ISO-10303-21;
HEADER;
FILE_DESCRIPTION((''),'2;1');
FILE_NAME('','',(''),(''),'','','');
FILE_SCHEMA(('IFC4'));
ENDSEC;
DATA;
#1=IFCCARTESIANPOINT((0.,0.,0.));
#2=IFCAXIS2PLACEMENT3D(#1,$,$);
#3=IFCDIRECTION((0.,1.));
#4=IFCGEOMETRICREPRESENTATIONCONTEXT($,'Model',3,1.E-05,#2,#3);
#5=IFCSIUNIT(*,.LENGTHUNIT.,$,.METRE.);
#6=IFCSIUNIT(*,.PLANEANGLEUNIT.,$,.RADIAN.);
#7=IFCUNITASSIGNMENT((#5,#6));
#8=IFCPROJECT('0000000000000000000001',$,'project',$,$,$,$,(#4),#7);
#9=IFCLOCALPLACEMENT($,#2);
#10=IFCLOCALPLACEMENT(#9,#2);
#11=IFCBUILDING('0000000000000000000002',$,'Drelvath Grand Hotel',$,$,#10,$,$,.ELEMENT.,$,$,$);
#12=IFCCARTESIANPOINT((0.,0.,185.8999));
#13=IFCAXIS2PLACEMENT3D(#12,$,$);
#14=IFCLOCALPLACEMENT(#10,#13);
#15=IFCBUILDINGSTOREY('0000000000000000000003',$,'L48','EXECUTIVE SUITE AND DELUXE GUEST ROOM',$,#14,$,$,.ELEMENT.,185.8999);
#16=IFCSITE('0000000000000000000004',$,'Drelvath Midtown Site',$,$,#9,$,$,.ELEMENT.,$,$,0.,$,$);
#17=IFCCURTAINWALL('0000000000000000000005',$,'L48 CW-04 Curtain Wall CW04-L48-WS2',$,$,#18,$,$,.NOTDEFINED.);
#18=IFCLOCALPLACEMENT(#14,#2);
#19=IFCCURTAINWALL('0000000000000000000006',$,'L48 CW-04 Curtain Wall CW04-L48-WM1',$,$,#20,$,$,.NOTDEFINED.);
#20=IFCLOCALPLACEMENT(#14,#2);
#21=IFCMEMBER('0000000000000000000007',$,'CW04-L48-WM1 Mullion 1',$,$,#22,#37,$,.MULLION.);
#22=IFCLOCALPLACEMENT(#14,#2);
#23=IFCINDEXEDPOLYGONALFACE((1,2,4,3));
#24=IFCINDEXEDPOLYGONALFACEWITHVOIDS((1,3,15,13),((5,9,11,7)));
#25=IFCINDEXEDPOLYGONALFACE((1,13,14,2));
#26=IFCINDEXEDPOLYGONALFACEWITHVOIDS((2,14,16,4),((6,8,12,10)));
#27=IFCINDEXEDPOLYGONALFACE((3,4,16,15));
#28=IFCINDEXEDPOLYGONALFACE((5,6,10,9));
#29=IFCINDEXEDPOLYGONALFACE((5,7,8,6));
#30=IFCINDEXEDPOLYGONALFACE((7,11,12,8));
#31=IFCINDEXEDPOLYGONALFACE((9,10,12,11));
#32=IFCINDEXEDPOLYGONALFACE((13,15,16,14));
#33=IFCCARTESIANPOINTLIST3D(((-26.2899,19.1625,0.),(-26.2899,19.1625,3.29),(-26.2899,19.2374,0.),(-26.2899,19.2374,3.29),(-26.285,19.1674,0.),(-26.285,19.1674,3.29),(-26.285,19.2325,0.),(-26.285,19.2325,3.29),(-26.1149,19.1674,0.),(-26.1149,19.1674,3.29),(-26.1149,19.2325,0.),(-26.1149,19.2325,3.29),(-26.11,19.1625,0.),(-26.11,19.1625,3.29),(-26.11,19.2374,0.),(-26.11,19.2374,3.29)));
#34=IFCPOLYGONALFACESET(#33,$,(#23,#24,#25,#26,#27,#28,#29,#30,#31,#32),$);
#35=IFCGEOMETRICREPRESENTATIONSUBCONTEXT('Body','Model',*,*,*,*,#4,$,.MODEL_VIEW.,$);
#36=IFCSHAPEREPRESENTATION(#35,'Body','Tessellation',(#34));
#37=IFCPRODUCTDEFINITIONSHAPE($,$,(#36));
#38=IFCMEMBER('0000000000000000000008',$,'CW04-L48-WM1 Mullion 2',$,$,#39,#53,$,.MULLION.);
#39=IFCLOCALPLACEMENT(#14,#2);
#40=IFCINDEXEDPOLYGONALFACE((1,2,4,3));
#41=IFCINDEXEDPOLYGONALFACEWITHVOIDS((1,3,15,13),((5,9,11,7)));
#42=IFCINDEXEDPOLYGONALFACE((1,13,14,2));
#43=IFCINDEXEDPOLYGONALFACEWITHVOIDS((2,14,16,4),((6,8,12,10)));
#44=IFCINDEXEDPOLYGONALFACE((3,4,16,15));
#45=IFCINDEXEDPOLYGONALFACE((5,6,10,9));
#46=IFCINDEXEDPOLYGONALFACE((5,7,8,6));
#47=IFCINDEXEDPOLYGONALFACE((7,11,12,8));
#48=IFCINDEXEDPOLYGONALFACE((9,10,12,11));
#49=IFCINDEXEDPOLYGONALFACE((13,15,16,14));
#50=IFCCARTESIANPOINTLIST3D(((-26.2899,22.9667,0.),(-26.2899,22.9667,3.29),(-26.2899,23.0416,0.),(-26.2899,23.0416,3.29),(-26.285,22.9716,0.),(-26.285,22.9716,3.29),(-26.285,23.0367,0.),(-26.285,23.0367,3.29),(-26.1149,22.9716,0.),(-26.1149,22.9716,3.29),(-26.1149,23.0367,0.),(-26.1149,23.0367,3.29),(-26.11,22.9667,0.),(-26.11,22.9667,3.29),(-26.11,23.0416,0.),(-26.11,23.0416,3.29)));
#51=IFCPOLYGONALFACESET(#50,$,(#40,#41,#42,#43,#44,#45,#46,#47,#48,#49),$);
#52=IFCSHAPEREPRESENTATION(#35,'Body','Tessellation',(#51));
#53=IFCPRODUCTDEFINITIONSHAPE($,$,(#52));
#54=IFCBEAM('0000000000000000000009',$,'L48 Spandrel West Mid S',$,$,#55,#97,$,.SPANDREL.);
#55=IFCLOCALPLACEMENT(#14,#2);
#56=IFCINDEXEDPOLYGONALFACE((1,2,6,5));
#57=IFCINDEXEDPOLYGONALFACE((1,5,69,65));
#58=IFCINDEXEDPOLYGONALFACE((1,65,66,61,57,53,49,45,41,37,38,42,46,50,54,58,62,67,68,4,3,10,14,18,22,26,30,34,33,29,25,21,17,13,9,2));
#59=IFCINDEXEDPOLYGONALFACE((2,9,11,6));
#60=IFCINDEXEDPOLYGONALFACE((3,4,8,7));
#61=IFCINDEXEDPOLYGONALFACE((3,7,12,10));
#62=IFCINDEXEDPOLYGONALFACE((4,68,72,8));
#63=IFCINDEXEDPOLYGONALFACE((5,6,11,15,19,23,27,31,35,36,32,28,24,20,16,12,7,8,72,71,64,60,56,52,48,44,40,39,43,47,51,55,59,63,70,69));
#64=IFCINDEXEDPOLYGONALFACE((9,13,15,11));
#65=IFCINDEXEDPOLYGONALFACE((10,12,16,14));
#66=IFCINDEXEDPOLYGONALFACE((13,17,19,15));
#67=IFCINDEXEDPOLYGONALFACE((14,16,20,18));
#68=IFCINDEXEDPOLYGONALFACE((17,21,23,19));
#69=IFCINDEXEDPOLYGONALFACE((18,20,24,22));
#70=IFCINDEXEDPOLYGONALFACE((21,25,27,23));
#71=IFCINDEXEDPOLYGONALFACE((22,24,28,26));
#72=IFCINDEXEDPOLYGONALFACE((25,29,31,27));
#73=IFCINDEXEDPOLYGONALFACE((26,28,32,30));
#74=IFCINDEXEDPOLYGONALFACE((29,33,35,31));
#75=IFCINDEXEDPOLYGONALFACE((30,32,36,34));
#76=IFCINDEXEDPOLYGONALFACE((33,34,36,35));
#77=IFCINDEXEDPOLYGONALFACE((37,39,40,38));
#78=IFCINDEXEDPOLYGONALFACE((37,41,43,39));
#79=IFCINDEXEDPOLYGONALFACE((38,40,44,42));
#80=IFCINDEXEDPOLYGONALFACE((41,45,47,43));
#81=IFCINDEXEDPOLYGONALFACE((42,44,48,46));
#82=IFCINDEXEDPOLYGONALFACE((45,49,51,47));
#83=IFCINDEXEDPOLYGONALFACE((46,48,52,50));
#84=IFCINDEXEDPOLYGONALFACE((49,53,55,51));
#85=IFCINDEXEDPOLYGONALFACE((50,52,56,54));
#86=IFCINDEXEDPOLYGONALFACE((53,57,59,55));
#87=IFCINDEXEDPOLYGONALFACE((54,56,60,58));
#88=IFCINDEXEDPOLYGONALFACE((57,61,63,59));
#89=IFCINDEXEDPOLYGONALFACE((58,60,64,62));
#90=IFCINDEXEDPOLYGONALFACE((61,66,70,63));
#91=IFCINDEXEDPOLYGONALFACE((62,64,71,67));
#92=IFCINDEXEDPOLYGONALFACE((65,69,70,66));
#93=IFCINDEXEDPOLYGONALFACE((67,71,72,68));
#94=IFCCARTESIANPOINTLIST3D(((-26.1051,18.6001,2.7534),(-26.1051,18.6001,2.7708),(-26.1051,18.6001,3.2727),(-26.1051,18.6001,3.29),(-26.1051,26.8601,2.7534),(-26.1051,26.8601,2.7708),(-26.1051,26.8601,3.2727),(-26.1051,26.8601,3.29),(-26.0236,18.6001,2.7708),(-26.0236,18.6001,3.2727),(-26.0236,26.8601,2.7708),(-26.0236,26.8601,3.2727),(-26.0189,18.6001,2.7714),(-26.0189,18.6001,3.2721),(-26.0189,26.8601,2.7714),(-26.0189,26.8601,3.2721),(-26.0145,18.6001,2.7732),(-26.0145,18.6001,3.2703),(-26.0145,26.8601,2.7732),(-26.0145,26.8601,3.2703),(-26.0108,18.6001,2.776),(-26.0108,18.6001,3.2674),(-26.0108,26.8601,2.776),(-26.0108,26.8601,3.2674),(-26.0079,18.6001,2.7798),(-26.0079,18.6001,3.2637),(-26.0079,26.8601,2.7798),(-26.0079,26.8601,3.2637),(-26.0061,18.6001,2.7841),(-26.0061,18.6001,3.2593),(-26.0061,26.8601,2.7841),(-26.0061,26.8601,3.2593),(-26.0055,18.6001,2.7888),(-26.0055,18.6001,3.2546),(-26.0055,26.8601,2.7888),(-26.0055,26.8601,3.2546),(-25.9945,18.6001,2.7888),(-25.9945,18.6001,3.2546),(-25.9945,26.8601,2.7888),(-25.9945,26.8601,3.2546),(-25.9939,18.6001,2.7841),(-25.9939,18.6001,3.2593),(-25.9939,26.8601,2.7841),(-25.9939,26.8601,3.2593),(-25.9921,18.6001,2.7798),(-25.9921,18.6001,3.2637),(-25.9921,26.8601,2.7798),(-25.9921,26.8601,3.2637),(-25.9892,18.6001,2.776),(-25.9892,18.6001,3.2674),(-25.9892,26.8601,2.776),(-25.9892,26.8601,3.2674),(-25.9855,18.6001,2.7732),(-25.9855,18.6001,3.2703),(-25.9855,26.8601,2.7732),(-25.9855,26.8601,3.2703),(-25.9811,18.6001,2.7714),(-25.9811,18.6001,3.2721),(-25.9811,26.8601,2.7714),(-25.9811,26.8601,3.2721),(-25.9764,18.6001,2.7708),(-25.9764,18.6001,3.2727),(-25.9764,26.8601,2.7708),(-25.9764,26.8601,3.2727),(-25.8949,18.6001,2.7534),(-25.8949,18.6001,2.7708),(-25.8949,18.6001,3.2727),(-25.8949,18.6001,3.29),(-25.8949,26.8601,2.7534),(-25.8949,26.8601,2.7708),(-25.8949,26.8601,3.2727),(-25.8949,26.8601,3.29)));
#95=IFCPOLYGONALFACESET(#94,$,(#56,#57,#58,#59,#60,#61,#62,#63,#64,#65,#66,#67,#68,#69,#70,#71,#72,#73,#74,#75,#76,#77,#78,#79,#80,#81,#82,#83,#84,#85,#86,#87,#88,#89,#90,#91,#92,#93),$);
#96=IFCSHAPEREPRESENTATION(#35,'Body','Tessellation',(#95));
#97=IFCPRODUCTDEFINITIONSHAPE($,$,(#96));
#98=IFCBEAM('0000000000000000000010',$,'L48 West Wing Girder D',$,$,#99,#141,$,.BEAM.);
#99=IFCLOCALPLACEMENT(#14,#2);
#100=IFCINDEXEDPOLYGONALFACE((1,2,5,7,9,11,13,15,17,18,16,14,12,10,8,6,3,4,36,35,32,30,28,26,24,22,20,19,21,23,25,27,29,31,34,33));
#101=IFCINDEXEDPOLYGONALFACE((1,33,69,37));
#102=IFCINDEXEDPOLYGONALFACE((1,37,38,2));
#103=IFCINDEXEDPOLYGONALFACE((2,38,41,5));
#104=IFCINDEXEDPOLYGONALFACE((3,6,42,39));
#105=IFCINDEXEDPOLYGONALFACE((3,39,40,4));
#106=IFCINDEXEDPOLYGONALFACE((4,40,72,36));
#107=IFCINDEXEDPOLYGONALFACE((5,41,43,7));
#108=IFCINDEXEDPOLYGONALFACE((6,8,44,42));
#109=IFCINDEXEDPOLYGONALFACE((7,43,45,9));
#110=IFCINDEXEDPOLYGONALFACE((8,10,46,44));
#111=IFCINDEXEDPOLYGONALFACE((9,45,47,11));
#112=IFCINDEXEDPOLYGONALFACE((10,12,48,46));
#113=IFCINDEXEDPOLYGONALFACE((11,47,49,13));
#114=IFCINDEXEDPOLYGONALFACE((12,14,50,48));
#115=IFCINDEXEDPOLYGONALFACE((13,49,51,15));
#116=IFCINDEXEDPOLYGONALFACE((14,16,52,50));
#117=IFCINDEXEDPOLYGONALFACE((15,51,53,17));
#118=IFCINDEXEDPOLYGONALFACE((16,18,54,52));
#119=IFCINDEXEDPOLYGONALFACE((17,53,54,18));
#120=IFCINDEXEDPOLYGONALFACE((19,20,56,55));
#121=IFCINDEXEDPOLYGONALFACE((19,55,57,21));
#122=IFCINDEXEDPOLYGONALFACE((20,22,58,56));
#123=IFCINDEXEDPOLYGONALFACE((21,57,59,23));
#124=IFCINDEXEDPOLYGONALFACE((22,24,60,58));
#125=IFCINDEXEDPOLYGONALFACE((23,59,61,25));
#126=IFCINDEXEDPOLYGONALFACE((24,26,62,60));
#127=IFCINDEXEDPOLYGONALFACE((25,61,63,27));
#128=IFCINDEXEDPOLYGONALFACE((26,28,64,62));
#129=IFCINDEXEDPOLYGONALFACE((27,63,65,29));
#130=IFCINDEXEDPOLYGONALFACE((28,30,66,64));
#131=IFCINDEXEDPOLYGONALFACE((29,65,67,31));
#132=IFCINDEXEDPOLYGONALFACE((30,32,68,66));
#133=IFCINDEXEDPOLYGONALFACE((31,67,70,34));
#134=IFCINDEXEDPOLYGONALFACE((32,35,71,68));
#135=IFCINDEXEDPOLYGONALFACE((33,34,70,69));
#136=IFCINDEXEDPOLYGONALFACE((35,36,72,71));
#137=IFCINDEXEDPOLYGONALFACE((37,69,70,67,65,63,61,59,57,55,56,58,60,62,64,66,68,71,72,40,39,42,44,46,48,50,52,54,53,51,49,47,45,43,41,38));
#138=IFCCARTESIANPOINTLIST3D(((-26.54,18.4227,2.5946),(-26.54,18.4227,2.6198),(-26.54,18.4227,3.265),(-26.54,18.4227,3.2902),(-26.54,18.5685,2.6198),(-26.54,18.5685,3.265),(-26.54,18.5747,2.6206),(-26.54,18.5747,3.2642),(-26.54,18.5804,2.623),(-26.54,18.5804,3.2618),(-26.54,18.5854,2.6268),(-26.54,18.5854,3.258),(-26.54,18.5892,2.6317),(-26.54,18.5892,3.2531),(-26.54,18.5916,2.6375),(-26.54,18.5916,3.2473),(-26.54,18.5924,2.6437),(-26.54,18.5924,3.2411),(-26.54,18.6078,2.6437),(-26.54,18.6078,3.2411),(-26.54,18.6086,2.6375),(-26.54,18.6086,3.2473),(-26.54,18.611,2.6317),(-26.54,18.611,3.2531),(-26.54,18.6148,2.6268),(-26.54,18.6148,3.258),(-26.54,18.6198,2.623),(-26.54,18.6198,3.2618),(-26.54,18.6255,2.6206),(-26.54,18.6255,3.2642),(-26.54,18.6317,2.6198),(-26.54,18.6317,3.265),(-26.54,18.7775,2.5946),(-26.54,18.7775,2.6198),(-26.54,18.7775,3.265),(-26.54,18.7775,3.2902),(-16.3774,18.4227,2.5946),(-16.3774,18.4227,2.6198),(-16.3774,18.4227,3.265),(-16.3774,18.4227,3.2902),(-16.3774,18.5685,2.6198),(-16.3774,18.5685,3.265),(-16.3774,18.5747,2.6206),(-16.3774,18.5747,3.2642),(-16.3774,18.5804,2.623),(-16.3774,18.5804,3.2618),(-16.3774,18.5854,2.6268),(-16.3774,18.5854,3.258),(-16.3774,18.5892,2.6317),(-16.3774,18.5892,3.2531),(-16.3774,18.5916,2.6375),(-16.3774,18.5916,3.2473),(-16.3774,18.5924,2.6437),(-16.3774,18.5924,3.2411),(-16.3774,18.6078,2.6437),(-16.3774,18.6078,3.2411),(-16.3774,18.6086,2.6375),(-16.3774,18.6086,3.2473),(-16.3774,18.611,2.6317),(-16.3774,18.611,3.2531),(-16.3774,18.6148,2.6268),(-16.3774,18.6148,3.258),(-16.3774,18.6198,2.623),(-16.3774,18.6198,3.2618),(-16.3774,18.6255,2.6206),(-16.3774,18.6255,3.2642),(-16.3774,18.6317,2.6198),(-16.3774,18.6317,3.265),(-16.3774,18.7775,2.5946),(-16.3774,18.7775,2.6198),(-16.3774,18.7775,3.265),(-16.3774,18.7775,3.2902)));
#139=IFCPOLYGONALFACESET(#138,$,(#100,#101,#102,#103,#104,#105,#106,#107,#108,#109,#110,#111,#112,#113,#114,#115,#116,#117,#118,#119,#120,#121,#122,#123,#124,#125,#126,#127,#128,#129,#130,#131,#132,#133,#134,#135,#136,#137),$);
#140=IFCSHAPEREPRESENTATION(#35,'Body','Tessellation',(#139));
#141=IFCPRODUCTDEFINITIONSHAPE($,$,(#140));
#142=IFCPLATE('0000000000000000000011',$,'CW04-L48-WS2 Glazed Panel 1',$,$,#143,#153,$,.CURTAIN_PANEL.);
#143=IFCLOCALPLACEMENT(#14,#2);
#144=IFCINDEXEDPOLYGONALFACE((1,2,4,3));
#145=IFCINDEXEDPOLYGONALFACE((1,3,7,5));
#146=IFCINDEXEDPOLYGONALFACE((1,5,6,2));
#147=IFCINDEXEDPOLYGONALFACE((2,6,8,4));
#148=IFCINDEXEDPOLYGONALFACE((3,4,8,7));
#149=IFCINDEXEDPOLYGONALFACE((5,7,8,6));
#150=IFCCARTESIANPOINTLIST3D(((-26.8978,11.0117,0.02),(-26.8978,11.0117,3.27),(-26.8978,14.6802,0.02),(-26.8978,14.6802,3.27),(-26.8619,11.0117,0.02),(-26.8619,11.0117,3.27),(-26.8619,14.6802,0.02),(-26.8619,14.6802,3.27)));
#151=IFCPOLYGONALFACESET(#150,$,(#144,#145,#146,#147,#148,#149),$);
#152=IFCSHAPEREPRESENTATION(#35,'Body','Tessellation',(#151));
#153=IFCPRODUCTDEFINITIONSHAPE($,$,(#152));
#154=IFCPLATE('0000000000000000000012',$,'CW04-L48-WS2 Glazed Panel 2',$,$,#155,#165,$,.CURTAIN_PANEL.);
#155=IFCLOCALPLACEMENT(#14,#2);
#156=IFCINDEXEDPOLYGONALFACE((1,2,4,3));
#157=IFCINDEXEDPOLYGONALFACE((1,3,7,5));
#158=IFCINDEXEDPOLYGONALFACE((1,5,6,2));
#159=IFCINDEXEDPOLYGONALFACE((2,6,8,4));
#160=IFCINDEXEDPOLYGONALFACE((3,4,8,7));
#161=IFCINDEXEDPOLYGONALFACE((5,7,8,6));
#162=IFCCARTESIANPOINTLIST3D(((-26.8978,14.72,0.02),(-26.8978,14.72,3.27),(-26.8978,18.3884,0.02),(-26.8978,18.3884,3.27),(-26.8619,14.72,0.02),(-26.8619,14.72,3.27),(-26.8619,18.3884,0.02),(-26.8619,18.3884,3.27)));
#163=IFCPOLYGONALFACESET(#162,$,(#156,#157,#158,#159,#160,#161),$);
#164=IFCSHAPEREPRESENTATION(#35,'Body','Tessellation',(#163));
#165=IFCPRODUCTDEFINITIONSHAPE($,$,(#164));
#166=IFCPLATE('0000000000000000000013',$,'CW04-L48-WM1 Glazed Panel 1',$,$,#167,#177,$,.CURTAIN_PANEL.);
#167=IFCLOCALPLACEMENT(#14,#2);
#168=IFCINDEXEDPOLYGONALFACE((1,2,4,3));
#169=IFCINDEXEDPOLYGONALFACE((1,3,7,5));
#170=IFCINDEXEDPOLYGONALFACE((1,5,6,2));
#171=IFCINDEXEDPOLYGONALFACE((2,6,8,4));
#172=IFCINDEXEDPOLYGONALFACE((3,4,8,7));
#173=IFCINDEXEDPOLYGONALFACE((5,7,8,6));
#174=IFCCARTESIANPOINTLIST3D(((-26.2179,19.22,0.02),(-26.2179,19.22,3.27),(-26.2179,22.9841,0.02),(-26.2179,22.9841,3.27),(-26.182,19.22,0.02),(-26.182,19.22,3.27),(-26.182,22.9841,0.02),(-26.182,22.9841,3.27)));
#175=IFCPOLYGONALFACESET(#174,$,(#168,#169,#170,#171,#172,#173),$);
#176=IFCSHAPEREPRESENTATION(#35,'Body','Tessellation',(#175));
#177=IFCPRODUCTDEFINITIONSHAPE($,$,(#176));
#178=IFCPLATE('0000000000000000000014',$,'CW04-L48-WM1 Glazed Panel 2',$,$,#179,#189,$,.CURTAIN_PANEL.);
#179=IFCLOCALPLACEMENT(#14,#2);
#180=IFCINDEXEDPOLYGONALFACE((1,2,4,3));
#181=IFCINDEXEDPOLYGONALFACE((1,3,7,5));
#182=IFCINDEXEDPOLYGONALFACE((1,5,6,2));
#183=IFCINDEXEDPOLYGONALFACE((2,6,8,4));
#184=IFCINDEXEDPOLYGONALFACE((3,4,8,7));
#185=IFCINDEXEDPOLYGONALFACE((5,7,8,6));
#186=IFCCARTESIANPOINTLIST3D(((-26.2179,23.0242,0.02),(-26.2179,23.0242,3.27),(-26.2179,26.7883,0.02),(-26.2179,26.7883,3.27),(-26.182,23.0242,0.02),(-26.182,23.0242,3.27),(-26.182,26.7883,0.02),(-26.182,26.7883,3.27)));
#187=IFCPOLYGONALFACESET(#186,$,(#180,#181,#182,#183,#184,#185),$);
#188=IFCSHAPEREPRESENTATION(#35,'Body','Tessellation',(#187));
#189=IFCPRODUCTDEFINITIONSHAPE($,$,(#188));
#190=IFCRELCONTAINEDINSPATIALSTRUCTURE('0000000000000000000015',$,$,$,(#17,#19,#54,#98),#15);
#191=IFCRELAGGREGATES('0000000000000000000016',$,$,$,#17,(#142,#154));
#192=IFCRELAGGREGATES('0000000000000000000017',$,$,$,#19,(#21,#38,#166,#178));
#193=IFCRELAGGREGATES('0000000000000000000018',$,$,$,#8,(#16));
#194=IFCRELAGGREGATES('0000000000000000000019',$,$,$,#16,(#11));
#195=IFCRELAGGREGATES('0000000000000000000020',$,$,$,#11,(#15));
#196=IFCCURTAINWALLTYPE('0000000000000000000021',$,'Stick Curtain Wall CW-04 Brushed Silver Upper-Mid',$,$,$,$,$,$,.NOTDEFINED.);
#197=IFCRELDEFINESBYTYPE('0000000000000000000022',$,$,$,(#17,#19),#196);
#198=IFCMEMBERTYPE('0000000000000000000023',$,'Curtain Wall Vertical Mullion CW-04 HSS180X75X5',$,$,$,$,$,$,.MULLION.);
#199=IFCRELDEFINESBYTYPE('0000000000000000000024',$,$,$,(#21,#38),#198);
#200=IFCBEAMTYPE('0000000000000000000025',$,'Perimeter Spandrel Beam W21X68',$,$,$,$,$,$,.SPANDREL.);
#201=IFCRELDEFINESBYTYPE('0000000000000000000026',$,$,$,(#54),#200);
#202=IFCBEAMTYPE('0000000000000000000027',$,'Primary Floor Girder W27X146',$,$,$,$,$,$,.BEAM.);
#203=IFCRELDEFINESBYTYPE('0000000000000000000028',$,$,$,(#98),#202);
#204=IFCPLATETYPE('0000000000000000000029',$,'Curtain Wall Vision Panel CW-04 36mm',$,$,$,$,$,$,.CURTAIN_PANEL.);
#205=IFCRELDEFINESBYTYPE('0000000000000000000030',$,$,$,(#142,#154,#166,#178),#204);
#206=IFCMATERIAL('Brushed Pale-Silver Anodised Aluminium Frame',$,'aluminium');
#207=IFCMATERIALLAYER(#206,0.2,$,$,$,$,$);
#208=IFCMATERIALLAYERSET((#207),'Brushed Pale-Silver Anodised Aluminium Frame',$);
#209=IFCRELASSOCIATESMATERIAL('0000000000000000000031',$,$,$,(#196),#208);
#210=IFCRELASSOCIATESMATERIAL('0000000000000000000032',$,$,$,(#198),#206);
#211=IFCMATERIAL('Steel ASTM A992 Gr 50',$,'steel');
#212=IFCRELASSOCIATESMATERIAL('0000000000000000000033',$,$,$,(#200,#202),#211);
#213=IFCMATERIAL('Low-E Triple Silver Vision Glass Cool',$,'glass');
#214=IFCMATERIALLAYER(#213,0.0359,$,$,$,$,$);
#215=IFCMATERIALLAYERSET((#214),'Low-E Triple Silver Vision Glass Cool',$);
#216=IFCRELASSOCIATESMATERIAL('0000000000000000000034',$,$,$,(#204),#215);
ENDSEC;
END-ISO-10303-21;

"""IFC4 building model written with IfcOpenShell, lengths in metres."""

from ifc_helpers import new_model, si_unit, direction, frame, origin, origin_2d, place, context, subcontext, project, spatial, rectangle, hollow_rectangle, i_section, extrude, material, layer, layer_set, material_profile, profile_set, type_object, element, aggregate, save


model = new_model("IFC4")

# Units and contexts
model_context = context("Model", 3, precision=1e-05, world=origin(), true_north=direction((0.0, 1.0)))
body_context = subcontext(model_context, "Body", "Model", "MODEL_VIEW")
ifc_project = project(units=[si_unit("LENGTHUNIT", "METRE"), si_unit("PLANEANGLEUNIT", "RADIAN")], contexts=[model_context])

# Site, building, storey
site_placement = place(None, origin())
site = spatial("IfcSite", under=ifc_project, at=site_placement, Name="Drelvath Midtown Site", CompositionType="ELEMENT", RefElevation=0.0)
building_placement = place(site_placement, origin())
building = spatial("IfcBuilding", under=site, at=building_placement, Name="Drelvath Grand Hotel", CompositionType="ELEMENT")
storey_placement = place(building_placement, frame((0.0, 0.0, 185.8999)))
storey = spatial("IfcBuildingStorey", under=building, at=storey_placement, Name="L48", Description="EXECUTIVE SUITE AND DELUXE GUEST ROOM", CompositionType="ELEMENT", Elevation=185.8999)

# Shared definitions
ifc_material_1 = material(Name="Steel ASTM A992 Gr 50", Category="steel")

# Curtain walls
ifc_material_2 = material(Name="Brushed Pale-Silver Anodised Aluminium Frame", Category="aluminium")
ifc_layer_1 = layer(ifc_material_2, 0.2)
ifc_layer_set_1 = layer_set([ifc_layer_1], Name="Brushed Pale-Silver Anodised Aluminium Frame")
curtain_wall_type = type_object("IfcCurtainWallType", Name="Stick Curtain Wall CW-04 Brushed Silver Upper-Mid", PredefinedType="NOTDEFINED", material=ifc_layer_set_1)
curtain_wall_1_placement = place(storey_placement, origin())
curtain_wall_1 = element("IfcCurtainWall", 1, at=curtain_wall_1_placement, inside=storey, type_object=curtain_wall_type, Name="L48 CW-04 Curtain Wall CW04-L48-WS2", PredefinedType="NOTDEFINED")
curtain_wall_2_placement = place(storey_placement, origin())
curtain_wall_2 = element("IfcCurtainWall", 2, at=curtain_wall_2_placement, inside=storey, type_object=curtain_wall_type, Name="L48 CW-04 Curtain Wall CW04-L48-WM1", PredefinedType="NOTDEFINED")

# Members
ifc_material_profile_1 = material_profile(ifc_material_2, hollow_rectangle(XDim=0.075, YDim=0.1799, WallThickness=0.0049, at=origin_2d()), Name="HSS180X75X5")
ifc_profile_set_1 = profile_set([ifc_material_profile_1], Name="Brushed Pale-Silver Anodised Aluminium Frame")
member_type_1 = type_object("IfcMemberType", Name="Curtain Wall Vertical Mullion CW-04 HSS180X75X5", PredefinedType="MULLION", material=ifc_profile_set_1)
member_1_placement = place(storey_placement, frame((-26.2, 19.2, 0.0), z_axis=(0.0, 0.0, 1.0), x_axis=(0.0, 1.0, 0.0)))
member_1 = element("IfcMember", 3, at=member_1_placement, type_object=member_type_1, Name="CW04-L48-WM1 Mullion 1", PredefinedType="MULLION", context=body_context, shape_type="SweptSolid", body=[
    extrude(hollow_rectangle(XDim=0.075, YDim=0.1799, WallThickness=0.0049, at=origin_2d()), origin(), (0.0, 0.0, 1.0), 3.29),
])
member_2_placement = place(storey_placement, frame((-26.2, 23.0042, 0.0), z_axis=(0.0, 0.0, 1.0), x_axis=(0.0, 1.0, 0.0)))
member_2 = element("IfcMember", 4, at=member_2_placement, type_object=member_type_1, Name="CW04-L48-WM1 Mullion 2", PredefinedType="MULLION", context=body_context, shape_type="SweptSolid", body=[
    extrude(hollow_rectangle(XDim=0.075, YDim=0.1799, WallThickness=0.0049, at=origin_2d()), origin(), (0.0, 0.0, 1.0), 3.29),
])

# Beams
ifc_material_profile_2 = material_profile(ifc_material_1, i_section(OverallWidth=0.2102, OverallDepth=0.5366, WebThickness=0.011, FlangeThickness=0.0173, FilletRadius=0.0181, at=origin_2d()), Name="W21X68")
ifc_profile_set_2 = profile_set([ifc_material_profile_2], Name="Steel ASTM A992 Gr 50")
beam_type_1 = type_object("IfcBeamType", Name="Perimeter Spandrel Beam W21X68", PredefinedType="SPANDREL", material=ifc_profile_set_2)
beam_1_placement = place(storey_placement, frame((-26.0, 18.6001, 3.0217), z_axis=(0.0, 1.0, 0.0), x_axis=(-1.0, 0.0, 0.0)))
element("IfcBeam", 5, at=beam_1_placement, inside=storey, type_object=beam_type_1, Name="L48 Spandrel West Mid S", PredefinedType="SPANDREL", context=body_context, shape_type="SweptSolid", body=[
    extrude(i_section(OverallWidth=0.2102, OverallDepth=0.5366, WebThickness=0.011, FlangeThickness=0.0173, FilletRadius=0.0181, at=origin_2d()), origin(), (0.0, 0.0, 1.0), 8.26),
])
ifc_material_profile_3 = material_profile(ifc_material_1, i_section(OverallWidth=0.3547, OverallDepth=0.6956, WebThickness=0.0154, FlangeThickness=0.0251, FilletRadius=0.0239, at=origin_2d()), Name="W27X146")
ifc_profile_set_3 = profile_set([ifc_material_profile_3], Name="Steel ASTM A992 Gr 50")
beam_type_2 = type_object("IfcBeamType", Name="Primary Floor Girder W27X146", PredefinedType="BEAM", material=ifc_profile_set_3)
beam_2_placement = place(storey_placement, frame((-26.54, 18.6001, 2.9424), z_axis=(1.0, 0.0, 0.0), x_axis=(0.0, 1.0, 0.0)))
element("IfcBeam", 6, at=beam_2_placement, inside=storey, type_object=beam_type_2, Name="L48 West Wing Girder D", PredefinedType="BEAM", context=body_context, shape_type="SweptSolid", body=[
    extrude(i_section(OverallWidth=0.3547, OverallDepth=0.6956, WebThickness=0.0154, FlangeThickness=0.0251, FilletRadius=0.0239, at=origin_2d()), origin(), (0.0, 0.0, 1.0), 10.1626),
])

# Plates
ifc_material_3 = material(Name="Low-E Triple Silver Vision Glass Cool", Category="glass")
ifc_layer_2 = layer(ifc_material_3, 0.0359)
ifc_layer_set_2 = layer_set([ifc_layer_2], Name="Low-E Triple Silver Vision Glass Cool")
plate_type = type_object("IfcPlateType", Name="Curtain Wall Vision Panel CW-04 36mm", PredefinedType="CURTAIN_PANEL", material=ifc_layer_set_2)
plate_1_placement = place(storey_placement, frame((-26.8799, 12.8459, 0.02), z_axis=(0.0, 0.0, 1.0), x_axis=(0.0, 1.0, 0.0)))
plate_1 = element("IfcPlate", 7, at=plate_1_placement, type_object=plate_type, Name="CW04-L48-WS2 Glazed Panel 1", PredefinedType="CURTAIN_PANEL", context=body_context, shape_type="SweptSolid", body=[
    extrude(rectangle(XDim=3.6685, YDim=0.0359, at=origin_2d()), origin(), (0.0, 0.0, 1.0), 3.25),
])
plate_2_placement = place(storey_placement, frame((-26.8799, 16.5542, 0.02), z_axis=(0.0, 0.0, 1.0), x_axis=(0.0, 1.0, 0.0)))
plate_2 = element("IfcPlate", 8, at=plate_2_placement, type_object=plate_type, Name="CW04-L48-WS2 Glazed Panel 2", PredefinedType="CURTAIN_PANEL", context=body_context, shape_type="SweptSolid", body=[
    extrude(rectangle(XDim=3.6685, YDim=0.0359, at=origin_2d()), origin(), (0.0, 0.0, 1.0), 3.25),
])
aggregate(curtain_wall_1, [plate_1, plate_2])
plate_3_placement = place(storey_placement, frame((-26.2, 21.1021, 0.02), z_axis=(0.0, 0.0, 1.0), x_axis=(0.0, 1.0, 0.0)))
plate_3 = element("IfcPlate", 9, at=plate_3_placement, type_object=plate_type, Name="CW04-L48-WM1 Glazed Panel 1", PredefinedType="CURTAIN_PANEL", context=body_context, shape_type="SweptSolid", body=[
    extrude(rectangle(XDim=3.7642, YDim=0.0359, at=origin_2d()), origin(), (0.0, 0.0, 1.0), 3.25),
])
plate_4_placement = place(storey_placement, frame((-26.2, 24.9062, 0.02), z_axis=(0.0, 0.0, 1.0), x_axis=(0.0, 1.0, 0.0)))
plate_4 = element("IfcPlate", 10, at=plate_4_placement, type_object=plate_type, Name="CW04-L48-WM1 Glazed Panel 2", PredefinedType="CURTAIN_PANEL", context=body_context, shape_type="SweptSolid", body=[
    extrude(rectangle(XDim=3.7642, YDim=0.0359, at=origin_2d()), origin(), (0.0, 0.0, 1.0), 3.25),
])
aggregate(curtain_wall_2, [member_1, member_2, plate_3, plate_4])

save(model, "model.ifc")
